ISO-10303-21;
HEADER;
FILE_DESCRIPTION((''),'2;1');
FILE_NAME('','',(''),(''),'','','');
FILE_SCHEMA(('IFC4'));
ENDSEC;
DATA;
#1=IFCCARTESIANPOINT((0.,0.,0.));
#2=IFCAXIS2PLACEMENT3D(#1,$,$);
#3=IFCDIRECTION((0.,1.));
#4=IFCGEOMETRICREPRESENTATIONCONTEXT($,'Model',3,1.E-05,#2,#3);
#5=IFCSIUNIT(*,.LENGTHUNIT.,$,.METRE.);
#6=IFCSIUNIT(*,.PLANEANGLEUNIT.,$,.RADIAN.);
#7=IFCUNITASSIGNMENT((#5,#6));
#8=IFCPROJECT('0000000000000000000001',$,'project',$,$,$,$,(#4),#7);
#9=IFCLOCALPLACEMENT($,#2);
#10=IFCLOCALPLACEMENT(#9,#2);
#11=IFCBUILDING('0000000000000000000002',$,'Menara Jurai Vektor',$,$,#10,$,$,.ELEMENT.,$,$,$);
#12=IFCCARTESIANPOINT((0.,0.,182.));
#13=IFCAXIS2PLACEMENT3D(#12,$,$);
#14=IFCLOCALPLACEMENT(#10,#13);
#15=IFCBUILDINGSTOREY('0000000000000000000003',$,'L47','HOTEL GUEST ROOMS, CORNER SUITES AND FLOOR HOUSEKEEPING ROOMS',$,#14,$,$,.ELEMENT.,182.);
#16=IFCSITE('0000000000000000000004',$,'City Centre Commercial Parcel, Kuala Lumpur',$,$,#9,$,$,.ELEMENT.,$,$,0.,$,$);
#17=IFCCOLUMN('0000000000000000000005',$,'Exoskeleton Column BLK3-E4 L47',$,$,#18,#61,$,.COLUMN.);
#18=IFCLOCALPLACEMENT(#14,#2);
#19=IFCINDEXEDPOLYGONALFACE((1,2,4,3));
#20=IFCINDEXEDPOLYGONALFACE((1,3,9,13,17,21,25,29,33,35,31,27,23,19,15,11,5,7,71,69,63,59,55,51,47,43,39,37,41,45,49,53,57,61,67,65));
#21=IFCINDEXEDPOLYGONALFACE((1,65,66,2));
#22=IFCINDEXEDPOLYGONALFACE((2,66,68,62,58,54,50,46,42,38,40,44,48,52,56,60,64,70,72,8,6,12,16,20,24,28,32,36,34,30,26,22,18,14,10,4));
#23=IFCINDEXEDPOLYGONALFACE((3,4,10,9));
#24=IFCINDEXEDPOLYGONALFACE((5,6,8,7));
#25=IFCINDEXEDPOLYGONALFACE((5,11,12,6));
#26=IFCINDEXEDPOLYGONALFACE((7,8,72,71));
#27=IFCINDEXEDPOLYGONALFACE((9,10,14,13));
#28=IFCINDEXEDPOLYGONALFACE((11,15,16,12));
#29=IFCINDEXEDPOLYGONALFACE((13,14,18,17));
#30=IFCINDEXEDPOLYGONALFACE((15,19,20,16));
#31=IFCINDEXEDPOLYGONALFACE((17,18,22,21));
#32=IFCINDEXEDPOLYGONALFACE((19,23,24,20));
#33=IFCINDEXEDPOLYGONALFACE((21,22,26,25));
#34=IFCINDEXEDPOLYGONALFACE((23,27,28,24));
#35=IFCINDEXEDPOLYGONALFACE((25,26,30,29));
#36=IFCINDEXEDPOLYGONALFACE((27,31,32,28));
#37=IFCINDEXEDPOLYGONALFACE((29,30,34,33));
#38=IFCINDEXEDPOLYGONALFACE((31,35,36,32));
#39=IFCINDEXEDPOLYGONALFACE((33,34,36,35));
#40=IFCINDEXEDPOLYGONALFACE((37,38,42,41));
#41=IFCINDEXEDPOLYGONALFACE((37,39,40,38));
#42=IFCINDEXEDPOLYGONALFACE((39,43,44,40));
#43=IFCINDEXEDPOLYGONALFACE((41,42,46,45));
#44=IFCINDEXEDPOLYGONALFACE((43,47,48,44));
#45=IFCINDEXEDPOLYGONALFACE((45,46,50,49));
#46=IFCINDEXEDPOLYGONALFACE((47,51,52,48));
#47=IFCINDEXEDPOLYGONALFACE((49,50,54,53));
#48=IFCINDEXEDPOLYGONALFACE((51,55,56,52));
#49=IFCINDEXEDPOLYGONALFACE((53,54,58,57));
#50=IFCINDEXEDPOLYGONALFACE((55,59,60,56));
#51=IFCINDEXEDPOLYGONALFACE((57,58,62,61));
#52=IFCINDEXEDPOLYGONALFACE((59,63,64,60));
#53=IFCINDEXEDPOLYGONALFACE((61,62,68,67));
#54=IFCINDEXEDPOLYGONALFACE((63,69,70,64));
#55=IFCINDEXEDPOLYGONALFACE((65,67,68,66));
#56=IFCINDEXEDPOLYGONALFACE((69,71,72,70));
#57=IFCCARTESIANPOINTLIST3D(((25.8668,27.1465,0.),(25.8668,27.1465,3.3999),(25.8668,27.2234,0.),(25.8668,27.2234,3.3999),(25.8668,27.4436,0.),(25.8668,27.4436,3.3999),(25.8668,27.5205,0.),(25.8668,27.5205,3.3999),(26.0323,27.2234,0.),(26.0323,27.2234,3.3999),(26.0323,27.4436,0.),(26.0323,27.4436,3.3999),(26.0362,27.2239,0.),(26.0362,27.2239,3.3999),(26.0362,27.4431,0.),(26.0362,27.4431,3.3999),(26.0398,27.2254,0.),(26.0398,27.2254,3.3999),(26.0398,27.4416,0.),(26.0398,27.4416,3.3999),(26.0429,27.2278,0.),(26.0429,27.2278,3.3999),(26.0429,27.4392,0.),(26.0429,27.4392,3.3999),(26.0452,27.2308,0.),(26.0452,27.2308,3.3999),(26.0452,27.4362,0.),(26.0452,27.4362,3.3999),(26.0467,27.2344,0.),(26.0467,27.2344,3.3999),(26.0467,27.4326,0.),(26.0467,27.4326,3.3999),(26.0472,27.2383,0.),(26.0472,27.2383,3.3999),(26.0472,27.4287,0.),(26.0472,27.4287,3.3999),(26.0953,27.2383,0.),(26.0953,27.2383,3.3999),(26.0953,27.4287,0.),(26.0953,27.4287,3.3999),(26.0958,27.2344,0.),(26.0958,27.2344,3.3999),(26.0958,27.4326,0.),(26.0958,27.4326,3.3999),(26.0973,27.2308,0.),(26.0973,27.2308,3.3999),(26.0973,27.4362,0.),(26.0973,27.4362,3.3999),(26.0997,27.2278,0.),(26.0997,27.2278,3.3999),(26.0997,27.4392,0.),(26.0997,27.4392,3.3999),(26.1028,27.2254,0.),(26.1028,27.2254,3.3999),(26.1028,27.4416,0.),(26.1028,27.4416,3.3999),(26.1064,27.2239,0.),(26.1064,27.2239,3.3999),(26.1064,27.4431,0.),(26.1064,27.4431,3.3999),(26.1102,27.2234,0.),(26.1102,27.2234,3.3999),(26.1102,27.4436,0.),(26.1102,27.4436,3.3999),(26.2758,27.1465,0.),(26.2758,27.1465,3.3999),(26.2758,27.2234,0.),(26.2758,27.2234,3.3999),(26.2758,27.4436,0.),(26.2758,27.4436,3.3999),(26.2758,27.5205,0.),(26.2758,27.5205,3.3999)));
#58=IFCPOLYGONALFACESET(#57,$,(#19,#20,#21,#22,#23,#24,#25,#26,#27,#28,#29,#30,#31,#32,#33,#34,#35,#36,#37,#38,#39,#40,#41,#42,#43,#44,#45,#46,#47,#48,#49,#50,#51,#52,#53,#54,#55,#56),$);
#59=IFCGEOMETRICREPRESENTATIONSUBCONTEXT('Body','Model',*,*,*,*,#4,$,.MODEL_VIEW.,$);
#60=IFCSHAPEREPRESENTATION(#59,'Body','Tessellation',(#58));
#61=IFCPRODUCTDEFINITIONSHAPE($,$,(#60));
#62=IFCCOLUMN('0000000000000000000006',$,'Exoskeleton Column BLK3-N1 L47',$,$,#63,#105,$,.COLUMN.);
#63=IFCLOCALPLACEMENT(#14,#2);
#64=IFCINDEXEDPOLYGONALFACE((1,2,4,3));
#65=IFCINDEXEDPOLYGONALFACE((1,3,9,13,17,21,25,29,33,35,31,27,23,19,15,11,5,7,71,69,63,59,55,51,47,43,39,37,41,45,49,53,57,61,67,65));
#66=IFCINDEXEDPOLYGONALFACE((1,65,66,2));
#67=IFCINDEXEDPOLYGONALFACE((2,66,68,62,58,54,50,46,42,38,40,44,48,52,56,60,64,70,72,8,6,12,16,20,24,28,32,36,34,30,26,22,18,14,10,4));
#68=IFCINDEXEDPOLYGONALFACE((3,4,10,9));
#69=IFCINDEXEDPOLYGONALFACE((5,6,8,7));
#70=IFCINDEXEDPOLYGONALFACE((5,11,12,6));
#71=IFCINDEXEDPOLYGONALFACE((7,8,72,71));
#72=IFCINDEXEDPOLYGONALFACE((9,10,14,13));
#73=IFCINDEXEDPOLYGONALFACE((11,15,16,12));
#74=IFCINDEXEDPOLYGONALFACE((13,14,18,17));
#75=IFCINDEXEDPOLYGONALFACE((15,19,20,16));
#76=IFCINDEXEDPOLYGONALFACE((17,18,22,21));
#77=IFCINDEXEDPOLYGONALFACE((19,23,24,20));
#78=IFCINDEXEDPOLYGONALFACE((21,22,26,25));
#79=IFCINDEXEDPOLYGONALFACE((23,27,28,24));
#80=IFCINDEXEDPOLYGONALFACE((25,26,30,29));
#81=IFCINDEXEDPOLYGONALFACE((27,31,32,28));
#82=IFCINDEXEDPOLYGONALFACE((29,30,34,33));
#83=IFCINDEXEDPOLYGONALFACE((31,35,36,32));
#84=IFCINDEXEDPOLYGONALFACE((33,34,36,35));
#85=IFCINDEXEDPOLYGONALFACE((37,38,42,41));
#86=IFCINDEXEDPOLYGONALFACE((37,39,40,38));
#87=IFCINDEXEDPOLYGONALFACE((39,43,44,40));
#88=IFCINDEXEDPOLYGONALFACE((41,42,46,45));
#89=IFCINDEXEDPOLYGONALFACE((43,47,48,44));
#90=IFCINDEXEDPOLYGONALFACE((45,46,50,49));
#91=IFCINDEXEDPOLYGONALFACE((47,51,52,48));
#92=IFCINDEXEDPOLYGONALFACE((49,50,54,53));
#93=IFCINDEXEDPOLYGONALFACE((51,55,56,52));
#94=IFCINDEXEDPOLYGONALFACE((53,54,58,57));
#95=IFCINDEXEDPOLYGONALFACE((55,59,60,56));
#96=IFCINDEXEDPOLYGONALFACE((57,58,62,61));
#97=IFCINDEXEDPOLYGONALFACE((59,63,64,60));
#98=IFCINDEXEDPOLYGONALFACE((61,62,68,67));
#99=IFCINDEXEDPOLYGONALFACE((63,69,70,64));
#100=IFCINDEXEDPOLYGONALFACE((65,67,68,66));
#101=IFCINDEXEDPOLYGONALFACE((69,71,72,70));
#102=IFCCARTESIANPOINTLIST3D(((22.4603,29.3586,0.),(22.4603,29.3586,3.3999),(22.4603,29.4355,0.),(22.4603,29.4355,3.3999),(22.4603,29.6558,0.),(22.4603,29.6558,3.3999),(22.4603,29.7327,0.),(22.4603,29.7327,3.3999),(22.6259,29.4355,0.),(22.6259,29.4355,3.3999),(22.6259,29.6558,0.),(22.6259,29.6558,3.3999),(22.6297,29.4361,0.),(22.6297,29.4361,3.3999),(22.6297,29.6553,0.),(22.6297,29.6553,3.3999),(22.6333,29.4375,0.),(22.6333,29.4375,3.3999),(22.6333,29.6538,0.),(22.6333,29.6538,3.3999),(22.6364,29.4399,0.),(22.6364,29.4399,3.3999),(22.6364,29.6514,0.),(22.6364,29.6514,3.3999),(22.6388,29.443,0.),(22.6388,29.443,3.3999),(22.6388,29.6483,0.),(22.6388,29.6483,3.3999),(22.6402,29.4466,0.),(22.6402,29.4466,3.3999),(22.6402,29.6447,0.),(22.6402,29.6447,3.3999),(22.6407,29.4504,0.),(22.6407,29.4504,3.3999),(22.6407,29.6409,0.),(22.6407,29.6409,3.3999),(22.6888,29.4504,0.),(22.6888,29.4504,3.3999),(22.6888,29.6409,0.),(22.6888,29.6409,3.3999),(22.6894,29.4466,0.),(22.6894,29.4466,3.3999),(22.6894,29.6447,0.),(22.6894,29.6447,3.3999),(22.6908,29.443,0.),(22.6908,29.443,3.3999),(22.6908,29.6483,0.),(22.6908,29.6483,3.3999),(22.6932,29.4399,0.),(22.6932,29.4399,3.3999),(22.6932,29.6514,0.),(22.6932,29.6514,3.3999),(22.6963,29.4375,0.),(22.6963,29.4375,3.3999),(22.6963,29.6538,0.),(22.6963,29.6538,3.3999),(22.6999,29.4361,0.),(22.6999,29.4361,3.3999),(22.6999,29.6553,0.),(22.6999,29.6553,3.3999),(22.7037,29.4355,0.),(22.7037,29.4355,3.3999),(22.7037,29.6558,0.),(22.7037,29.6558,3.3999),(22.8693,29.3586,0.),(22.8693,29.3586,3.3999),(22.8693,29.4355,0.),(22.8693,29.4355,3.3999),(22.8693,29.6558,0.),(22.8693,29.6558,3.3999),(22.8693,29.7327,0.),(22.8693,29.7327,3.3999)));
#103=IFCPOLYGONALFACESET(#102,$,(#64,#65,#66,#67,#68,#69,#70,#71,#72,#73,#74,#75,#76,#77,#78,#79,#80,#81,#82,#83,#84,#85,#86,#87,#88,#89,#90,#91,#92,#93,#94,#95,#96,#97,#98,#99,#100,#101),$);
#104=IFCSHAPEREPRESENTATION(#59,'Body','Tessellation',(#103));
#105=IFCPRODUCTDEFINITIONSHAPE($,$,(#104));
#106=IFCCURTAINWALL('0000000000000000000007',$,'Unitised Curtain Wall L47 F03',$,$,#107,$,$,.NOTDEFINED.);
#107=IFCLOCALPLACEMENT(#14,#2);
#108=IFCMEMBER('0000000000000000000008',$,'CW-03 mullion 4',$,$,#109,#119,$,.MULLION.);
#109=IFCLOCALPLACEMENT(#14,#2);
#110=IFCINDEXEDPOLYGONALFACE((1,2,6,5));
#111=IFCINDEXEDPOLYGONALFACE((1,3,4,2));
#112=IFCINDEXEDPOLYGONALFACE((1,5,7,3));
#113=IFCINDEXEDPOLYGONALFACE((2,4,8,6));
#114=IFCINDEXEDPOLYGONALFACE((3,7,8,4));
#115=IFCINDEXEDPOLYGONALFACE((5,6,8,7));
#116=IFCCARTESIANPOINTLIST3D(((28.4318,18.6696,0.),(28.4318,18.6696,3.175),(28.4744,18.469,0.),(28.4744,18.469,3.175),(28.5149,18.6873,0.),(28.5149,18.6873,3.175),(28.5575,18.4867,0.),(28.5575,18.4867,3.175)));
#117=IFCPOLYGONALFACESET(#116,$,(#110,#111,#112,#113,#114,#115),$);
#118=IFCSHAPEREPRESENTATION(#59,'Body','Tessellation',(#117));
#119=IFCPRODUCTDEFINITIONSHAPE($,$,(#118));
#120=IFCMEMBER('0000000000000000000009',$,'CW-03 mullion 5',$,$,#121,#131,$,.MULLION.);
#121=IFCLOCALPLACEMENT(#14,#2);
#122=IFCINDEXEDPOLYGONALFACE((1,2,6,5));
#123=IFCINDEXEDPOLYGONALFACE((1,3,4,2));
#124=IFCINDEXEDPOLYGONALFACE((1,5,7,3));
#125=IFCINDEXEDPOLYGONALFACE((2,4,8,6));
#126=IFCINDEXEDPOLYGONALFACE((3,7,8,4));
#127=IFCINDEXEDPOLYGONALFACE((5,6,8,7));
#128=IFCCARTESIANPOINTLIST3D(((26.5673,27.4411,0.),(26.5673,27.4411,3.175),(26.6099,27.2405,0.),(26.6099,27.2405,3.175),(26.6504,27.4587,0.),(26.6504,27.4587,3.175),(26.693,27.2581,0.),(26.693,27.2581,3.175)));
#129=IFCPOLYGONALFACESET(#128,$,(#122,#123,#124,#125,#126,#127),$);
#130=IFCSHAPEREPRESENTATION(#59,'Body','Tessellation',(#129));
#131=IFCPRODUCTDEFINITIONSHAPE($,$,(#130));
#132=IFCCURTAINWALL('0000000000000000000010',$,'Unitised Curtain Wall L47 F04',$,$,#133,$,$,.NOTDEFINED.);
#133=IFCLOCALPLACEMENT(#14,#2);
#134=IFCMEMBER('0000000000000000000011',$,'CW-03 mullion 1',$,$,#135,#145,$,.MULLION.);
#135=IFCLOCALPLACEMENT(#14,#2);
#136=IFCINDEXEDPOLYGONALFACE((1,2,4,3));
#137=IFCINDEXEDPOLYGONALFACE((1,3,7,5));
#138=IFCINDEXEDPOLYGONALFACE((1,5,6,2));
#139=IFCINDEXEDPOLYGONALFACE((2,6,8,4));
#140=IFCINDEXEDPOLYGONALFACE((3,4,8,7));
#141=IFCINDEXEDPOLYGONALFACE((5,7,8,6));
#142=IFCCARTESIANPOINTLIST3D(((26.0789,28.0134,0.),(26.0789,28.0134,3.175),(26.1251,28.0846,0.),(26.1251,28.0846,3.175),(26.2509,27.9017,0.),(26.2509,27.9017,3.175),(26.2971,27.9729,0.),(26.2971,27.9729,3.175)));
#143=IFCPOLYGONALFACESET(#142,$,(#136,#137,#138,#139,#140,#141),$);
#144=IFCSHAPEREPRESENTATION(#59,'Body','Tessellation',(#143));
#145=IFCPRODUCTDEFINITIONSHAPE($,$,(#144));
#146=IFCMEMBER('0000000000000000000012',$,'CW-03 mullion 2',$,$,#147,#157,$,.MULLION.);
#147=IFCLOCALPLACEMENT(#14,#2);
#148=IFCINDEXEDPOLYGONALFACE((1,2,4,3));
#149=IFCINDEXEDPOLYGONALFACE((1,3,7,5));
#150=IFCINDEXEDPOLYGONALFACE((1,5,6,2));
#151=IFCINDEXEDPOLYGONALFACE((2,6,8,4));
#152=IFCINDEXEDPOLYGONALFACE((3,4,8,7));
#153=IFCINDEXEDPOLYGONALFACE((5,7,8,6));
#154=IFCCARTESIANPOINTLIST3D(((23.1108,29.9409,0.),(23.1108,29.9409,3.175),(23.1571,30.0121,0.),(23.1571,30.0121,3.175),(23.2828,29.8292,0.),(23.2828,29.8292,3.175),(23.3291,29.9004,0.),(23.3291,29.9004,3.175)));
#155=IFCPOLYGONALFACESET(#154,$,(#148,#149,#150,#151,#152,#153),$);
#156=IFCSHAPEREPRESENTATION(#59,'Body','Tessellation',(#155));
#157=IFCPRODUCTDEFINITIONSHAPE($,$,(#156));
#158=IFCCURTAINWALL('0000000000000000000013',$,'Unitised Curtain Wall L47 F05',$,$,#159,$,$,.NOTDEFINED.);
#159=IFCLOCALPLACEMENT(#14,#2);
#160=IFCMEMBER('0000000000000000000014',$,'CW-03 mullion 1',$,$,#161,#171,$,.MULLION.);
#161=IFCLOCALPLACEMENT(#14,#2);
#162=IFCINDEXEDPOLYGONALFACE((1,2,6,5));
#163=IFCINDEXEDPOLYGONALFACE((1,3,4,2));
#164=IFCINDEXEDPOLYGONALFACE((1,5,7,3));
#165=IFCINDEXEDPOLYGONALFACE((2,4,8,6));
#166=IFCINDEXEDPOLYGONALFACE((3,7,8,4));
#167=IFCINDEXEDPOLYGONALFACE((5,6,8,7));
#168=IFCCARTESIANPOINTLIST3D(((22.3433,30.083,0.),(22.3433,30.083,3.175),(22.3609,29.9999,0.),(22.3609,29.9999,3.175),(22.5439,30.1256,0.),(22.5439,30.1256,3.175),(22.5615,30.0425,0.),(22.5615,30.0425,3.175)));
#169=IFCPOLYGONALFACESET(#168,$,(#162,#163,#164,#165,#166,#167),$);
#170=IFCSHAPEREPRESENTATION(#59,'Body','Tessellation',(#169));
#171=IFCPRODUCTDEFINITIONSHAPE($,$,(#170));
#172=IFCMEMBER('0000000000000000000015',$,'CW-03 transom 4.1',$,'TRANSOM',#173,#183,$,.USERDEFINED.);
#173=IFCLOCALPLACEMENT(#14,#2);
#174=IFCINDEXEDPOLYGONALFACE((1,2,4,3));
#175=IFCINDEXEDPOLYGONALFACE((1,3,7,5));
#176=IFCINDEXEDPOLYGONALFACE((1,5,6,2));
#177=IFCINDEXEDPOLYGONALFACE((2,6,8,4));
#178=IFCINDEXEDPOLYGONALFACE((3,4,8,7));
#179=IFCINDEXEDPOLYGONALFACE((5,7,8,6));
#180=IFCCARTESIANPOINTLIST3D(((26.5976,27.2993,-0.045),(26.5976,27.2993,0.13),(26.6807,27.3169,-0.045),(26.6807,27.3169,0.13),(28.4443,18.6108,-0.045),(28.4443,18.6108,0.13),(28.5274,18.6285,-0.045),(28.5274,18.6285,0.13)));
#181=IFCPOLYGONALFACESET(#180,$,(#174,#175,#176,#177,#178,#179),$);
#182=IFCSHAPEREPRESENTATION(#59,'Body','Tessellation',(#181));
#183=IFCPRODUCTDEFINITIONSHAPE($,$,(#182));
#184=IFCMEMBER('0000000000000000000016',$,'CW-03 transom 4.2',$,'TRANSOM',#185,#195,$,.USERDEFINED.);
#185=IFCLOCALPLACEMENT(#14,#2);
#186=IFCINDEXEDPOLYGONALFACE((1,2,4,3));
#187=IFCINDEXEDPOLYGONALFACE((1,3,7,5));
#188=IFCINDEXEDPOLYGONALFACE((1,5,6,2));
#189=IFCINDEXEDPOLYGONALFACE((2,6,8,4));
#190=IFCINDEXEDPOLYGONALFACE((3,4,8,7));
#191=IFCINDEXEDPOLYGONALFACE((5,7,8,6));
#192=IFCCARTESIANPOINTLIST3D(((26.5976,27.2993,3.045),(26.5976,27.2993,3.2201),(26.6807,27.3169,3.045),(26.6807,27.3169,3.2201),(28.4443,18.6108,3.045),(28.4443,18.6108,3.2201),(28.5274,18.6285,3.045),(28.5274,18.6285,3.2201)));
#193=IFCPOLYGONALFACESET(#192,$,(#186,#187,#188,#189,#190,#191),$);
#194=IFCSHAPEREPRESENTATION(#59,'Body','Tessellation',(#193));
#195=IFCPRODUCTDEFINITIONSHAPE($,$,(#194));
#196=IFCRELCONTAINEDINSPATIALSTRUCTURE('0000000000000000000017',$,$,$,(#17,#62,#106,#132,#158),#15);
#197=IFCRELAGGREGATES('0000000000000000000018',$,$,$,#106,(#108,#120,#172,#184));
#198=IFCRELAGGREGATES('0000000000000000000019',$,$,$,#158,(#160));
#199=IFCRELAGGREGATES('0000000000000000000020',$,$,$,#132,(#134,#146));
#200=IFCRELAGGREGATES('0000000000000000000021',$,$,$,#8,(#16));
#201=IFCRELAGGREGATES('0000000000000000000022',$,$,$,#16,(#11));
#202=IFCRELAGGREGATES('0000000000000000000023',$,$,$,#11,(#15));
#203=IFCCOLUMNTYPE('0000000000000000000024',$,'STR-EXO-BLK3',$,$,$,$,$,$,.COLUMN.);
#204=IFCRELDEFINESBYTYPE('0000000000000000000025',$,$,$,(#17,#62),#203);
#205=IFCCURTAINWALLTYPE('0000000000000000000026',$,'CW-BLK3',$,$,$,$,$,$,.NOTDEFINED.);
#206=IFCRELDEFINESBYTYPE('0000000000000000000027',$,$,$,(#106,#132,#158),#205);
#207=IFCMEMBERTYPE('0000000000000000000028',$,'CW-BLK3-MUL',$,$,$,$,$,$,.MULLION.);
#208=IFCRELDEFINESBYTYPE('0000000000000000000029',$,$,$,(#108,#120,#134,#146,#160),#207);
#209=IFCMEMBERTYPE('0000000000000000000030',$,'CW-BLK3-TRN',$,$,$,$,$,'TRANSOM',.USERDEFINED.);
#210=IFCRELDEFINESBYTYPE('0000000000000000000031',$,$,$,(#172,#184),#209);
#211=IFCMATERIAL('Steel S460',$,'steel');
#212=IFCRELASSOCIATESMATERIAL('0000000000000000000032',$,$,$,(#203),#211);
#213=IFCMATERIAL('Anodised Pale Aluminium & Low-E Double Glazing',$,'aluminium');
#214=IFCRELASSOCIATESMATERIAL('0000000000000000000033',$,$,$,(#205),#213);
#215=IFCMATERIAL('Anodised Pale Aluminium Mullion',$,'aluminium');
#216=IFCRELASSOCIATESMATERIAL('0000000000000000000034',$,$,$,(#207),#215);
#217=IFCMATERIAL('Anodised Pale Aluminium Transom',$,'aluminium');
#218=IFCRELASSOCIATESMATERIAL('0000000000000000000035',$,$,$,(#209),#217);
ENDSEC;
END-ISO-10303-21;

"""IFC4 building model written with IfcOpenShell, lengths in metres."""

from ifc_helpers import new_model, si_unit, direction, frame, origin, origin_2d, place, context, subcontext, project, spatial, rectangle, i_section, extrude, material, material_profile, profile_set, type_object, element, aggregate, save


model = new_model("IFC4")

# Units and contexts
model_context = context("Model", 3, precision=1e-05, world=origin(), true_north=direction((0.0, 1.0)))
body_context = subcontext(model_context, "Body", "Model", "MODEL_VIEW")
ifc_project = project(units=[si_unit("LENGTHUNIT", "METRE"), si_unit("PLANEANGLEUNIT", "RADIAN")], contexts=[model_context])

# Site, building, storey
site_placement = place(None, origin())
site = spatial("IfcSite", under=ifc_project, at=site_placement, Name="City Centre Commercial Parcel, Kuala Lumpur", CompositionType="ELEMENT", RefElevation=0.0)
building_placement = place(site_placement, origin())
building = spatial("IfcBuilding", under=site, at=building_placement, Name="Menara Jurai Vektor", CompositionType="ELEMENT")
storey_placement = place(building_placement, frame((0.0, 0.0, 182.0)))
storey = spatial("IfcBuildingStorey", under=building, at=storey_placement, Name="L47", Description="HOTEL GUEST ROOMS, CORNER SUITES AND FLOOR HOUSEKEEPING ROOMS", CompositionType="ELEMENT", Elevation=182.0)

# Columns
ifc_material_1 = material(Name="Steel S460", Category="steel")
ifc_material_profile_1 = material_profile(ifc_material_1, i_section(OverallWidth=0.4089, OverallDepth=0.374, WebThickness=0.0481, FlangeThickness=0.0769, FilletRadius=0.0149, at=origin_2d()), Name="HD 400x634")
ifc_profile_set_1 = profile_set([ifc_material_profile_1], Name="Steel S460")
column_type = type_object("IfcColumnType", Name="STR-EXO-BLK3", PredefinedType="COLUMN", material=ifc_profile_set_1)
for number, where, z_axis, x_axis, name in (
    (1, (26.0713, 27.3335, 0.0), (0.0, 0.0, 1.0), (1.0, 0.0, 0.0), "Exoskeleton Column BLK3-E4 L47"),
    (2, (22.6648, 29.5457, 0.0), (0.0, 0.0, 1.0), (1.0, 0.0, 0.0), "Exoskeleton Column BLK3-N1 L47"),
):
    element("IfcColumn", number, at=place(storey_placement, frame(where, z_axis=z_axis, x_axis=x_axis)), inside=storey, type_object=column_type, Name=name, PredefinedType="COLUMN", context=body_context, shape_type="SweptSolid", body=[
        extrude(i_section(OverallWidth=0.4089, OverallDepth=0.374, WebThickness=0.0481, FlangeThickness=0.0769, FilletRadius=0.0149, at=origin_2d()), origin(), (0.0, 0.0, 1.0), 3.3999),
    ])

# Curtain walls, members
ifc_material_2 = material(Name="Anodised Pale Aluminium & Low-E Double Glazing", Category="aluminium")
curtain_wall_type = type_object("IfcCurtainWallType", Name="CW-BLK3", PredefinedType="NOTDEFINED", material=ifc_material_2)
curtain_wall_1_placement = place(storey_placement, origin())
curtain_wall_1 = element("IfcCurtainWall", 3, at=curtain_wall_1_placement, inside=storey, type_object=curtain_wall_type, Name="Unitised Curtain Wall L47 F03", PredefinedType="NOTDEFINED")
ifc_material_3 = material(Name="Anodised Pale Aluminium Mullion", Category="aluminium")
ifc_material_profile_2 = material_profile(ifc_material_3, rectangle(XDim=0.085, YDim=0.2051, at=origin_2d()), Name="ALU MUL 85x205")
ifc_profile_set_2 = profile_set([ifc_material_profile_2], Name="Anodised Pale Aluminium Mullion")
member_type_1 = type_object("IfcMemberType", Name="CW-BLK3-MUL", PredefinedType="MULLION", material=ifc_profile_set_2)
member_1_placement = place(storey_placement, frame((28.4946, 18.5781, 0.0), z_axis=(0.0, 0.0, 1.0), x_axis=(-0.978148, -0.20791, 0.0)))
member_1 = element("IfcMember", 4, at=member_1_placement, type_object=member_type_1, Name="CW-03 mullion 4", PredefinedType="MULLION", context=body_context, shape_type="SweptSolid", body=[
    extrude(rectangle(XDim=0.085, YDim=0.2051, at=origin_2d()), origin(), (0.0, 0.0, 1.0), 3.175),
])
member_2_placement = place(storey_placement, frame((26.6301, 27.3496, 0.0), z_axis=(0.0, 0.0, 1.0), x_axis=(-0.978148, -0.20791, 0.0)))
member_2 = element("IfcMember", 5, at=member_2_placement, type_object=member_type_1, Name="CW-03 mullion 5", PredefinedType="MULLION", context=body_context, shape_type="SweptSolid", body=[
    extrude(rectangle(XDim=0.085, YDim=0.2051, at=origin_2d()), origin(), (0.0, 0.0, 1.0), 3.175),
])
curtain_wall_2_placement = place(storey_placement, origin())
curtain_wall_2 = element("IfcCurtainWall", 6, at=curtain_wall_2_placement, inside=storey, type_object=curtain_wall_type, Name="Unitised Curtain Wall L47 F04", PredefinedType="NOTDEFINED")
member_3_placement = place(storey_placement, frame((26.188, 27.9932, 0.0), z_axis=(0.0, 0.0, 1.0), x_axis=(-0.544618, -0.838684, 0.0)))
member_3 = element("IfcMember", 7, at=member_3_placement, type_object=member_type_1, Name="CW-03 mullion 1", PredefinedType="MULLION", context=body_context, shape_type="SweptSolid", body=[
    extrude(rectangle(XDim=0.085, YDim=0.2051, at=origin_2d()), origin(), (0.0, 0.0, 1.0), 3.175),
])
member_4_placement = place(storey_placement, frame((23.22, 29.9207, 0.0), z_axis=(0.0, 0.0, 1.0), x_axis=(-0.544618, -0.838684, 0.0)))
member_4 = element("IfcMember", 8, at=member_4_placement, type_object=member_type_1, Name="CW-03 mullion 2", PredefinedType="MULLION", context=body_context, shape_type="SweptSolid", body=[
    extrude(rectangle(XDim=0.085, YDim=0.2051, at=origin_2d()), origin(), (0.0, 0.0, 1.0), 3.175),
])

# Curtain wall, member
curtain_wall_3_placement = place(storey_placement, origin())
curtain_wall_3 = element("IfcCurtainWall", 9, at=curtain_wall_3_placement, inside=storey, type_object=curtain_wall_type, Name="Unitised Curtain Wall L47 F05", PredefinedType="NOTDEFINED")
member_5_placement = place(storey_placement, frame((22.4524, 30.0627, 0.0), z_axis=(0.0, 0.0, 1.0), x_axis=(0.207911, -0.978148, 0.0)))
member_5 = element("IfcMember", 10, at=member_5_placement, type_object=member_type_1, Name="CW-03 mullion 1", PredefinedType="MULLION", context=body_context, shape_type="SweptSolid", body=[
    extrude(rectangle(XDim=0.085, YDim=0.2051, at=origin_2d()), origin(), (0.0, 0.0, 1.0), 3.175),
])

# Members
ifc_material_4 = material(Name="Anodised Pale Aluminium Transom", Category="aluminium")
ifc_material_profile_3 = material_profile(ifc_material_4, rectangle(XDim=0.085, YDim=0.175, at=origin_2d()), Name="ALU TRN 85x175")
ifc_profile_set_3 = profile_set([ifc_material_profile_3], Name="Anodised Pale Aluminium Transom")
member_type_2 = type_object("IfcMemberType", Name="CW-BLK3-TRN", ElementType="TRANSOM", PredefinedType="USERDEFINED", material=ifc_profile_set_3)
member_6_placement = place(storey_placement, frame((28.4858, 18.6196, 0.0425), z_axis=(-0.2079, 0.97815, 0.0), x_axis=(-0.97815, -0.2079, 0.0)))
member_6 = element("IfcMember", 11, at=member_6_placement, type_object=member_type_2, Name="CW-03 transom 4.1", ObjectType="TRANSOM", PredefinedType="USERDEFINED", context=body_context, shape_type="SweptSolid", body=[
    extrude(rectangle(XDim=0.085, YDim=0.175, at=origin_2d()), origin(), (0.0, 0.0, 1.0), 8.8826),
])
member_7_placement = place(storey_placement, frame((28.4858, 18.6196, 3.1326), z_axis=(-0.2079, 0.97815, 0.0), x_axis=(-0.97815, -0.2079, 0.0)))
member_7 = element("IfcMember", 12, at=member_7_placement, type_object=member_type_2, Name="CW-03 transom 4.2", ObjectType="TRANSOM", PredefinedType="USERDEFINED", context=body_context, shape_type="SweptSolid", body=[
    extrude(rectangle(XDim=0.085, YDim=0.175, at=origin_2d()), origin(), (0.0, 0.0, 1.0), 8.8826),
])

aggregate(curtain_wall_1, [member_1, member_2, member_6, member_7])
aggregate(curtain_wall_3, [member_5])
aggregate(curtain_wall_2, [member_3, member_4])

save(model, "model.ifc")
